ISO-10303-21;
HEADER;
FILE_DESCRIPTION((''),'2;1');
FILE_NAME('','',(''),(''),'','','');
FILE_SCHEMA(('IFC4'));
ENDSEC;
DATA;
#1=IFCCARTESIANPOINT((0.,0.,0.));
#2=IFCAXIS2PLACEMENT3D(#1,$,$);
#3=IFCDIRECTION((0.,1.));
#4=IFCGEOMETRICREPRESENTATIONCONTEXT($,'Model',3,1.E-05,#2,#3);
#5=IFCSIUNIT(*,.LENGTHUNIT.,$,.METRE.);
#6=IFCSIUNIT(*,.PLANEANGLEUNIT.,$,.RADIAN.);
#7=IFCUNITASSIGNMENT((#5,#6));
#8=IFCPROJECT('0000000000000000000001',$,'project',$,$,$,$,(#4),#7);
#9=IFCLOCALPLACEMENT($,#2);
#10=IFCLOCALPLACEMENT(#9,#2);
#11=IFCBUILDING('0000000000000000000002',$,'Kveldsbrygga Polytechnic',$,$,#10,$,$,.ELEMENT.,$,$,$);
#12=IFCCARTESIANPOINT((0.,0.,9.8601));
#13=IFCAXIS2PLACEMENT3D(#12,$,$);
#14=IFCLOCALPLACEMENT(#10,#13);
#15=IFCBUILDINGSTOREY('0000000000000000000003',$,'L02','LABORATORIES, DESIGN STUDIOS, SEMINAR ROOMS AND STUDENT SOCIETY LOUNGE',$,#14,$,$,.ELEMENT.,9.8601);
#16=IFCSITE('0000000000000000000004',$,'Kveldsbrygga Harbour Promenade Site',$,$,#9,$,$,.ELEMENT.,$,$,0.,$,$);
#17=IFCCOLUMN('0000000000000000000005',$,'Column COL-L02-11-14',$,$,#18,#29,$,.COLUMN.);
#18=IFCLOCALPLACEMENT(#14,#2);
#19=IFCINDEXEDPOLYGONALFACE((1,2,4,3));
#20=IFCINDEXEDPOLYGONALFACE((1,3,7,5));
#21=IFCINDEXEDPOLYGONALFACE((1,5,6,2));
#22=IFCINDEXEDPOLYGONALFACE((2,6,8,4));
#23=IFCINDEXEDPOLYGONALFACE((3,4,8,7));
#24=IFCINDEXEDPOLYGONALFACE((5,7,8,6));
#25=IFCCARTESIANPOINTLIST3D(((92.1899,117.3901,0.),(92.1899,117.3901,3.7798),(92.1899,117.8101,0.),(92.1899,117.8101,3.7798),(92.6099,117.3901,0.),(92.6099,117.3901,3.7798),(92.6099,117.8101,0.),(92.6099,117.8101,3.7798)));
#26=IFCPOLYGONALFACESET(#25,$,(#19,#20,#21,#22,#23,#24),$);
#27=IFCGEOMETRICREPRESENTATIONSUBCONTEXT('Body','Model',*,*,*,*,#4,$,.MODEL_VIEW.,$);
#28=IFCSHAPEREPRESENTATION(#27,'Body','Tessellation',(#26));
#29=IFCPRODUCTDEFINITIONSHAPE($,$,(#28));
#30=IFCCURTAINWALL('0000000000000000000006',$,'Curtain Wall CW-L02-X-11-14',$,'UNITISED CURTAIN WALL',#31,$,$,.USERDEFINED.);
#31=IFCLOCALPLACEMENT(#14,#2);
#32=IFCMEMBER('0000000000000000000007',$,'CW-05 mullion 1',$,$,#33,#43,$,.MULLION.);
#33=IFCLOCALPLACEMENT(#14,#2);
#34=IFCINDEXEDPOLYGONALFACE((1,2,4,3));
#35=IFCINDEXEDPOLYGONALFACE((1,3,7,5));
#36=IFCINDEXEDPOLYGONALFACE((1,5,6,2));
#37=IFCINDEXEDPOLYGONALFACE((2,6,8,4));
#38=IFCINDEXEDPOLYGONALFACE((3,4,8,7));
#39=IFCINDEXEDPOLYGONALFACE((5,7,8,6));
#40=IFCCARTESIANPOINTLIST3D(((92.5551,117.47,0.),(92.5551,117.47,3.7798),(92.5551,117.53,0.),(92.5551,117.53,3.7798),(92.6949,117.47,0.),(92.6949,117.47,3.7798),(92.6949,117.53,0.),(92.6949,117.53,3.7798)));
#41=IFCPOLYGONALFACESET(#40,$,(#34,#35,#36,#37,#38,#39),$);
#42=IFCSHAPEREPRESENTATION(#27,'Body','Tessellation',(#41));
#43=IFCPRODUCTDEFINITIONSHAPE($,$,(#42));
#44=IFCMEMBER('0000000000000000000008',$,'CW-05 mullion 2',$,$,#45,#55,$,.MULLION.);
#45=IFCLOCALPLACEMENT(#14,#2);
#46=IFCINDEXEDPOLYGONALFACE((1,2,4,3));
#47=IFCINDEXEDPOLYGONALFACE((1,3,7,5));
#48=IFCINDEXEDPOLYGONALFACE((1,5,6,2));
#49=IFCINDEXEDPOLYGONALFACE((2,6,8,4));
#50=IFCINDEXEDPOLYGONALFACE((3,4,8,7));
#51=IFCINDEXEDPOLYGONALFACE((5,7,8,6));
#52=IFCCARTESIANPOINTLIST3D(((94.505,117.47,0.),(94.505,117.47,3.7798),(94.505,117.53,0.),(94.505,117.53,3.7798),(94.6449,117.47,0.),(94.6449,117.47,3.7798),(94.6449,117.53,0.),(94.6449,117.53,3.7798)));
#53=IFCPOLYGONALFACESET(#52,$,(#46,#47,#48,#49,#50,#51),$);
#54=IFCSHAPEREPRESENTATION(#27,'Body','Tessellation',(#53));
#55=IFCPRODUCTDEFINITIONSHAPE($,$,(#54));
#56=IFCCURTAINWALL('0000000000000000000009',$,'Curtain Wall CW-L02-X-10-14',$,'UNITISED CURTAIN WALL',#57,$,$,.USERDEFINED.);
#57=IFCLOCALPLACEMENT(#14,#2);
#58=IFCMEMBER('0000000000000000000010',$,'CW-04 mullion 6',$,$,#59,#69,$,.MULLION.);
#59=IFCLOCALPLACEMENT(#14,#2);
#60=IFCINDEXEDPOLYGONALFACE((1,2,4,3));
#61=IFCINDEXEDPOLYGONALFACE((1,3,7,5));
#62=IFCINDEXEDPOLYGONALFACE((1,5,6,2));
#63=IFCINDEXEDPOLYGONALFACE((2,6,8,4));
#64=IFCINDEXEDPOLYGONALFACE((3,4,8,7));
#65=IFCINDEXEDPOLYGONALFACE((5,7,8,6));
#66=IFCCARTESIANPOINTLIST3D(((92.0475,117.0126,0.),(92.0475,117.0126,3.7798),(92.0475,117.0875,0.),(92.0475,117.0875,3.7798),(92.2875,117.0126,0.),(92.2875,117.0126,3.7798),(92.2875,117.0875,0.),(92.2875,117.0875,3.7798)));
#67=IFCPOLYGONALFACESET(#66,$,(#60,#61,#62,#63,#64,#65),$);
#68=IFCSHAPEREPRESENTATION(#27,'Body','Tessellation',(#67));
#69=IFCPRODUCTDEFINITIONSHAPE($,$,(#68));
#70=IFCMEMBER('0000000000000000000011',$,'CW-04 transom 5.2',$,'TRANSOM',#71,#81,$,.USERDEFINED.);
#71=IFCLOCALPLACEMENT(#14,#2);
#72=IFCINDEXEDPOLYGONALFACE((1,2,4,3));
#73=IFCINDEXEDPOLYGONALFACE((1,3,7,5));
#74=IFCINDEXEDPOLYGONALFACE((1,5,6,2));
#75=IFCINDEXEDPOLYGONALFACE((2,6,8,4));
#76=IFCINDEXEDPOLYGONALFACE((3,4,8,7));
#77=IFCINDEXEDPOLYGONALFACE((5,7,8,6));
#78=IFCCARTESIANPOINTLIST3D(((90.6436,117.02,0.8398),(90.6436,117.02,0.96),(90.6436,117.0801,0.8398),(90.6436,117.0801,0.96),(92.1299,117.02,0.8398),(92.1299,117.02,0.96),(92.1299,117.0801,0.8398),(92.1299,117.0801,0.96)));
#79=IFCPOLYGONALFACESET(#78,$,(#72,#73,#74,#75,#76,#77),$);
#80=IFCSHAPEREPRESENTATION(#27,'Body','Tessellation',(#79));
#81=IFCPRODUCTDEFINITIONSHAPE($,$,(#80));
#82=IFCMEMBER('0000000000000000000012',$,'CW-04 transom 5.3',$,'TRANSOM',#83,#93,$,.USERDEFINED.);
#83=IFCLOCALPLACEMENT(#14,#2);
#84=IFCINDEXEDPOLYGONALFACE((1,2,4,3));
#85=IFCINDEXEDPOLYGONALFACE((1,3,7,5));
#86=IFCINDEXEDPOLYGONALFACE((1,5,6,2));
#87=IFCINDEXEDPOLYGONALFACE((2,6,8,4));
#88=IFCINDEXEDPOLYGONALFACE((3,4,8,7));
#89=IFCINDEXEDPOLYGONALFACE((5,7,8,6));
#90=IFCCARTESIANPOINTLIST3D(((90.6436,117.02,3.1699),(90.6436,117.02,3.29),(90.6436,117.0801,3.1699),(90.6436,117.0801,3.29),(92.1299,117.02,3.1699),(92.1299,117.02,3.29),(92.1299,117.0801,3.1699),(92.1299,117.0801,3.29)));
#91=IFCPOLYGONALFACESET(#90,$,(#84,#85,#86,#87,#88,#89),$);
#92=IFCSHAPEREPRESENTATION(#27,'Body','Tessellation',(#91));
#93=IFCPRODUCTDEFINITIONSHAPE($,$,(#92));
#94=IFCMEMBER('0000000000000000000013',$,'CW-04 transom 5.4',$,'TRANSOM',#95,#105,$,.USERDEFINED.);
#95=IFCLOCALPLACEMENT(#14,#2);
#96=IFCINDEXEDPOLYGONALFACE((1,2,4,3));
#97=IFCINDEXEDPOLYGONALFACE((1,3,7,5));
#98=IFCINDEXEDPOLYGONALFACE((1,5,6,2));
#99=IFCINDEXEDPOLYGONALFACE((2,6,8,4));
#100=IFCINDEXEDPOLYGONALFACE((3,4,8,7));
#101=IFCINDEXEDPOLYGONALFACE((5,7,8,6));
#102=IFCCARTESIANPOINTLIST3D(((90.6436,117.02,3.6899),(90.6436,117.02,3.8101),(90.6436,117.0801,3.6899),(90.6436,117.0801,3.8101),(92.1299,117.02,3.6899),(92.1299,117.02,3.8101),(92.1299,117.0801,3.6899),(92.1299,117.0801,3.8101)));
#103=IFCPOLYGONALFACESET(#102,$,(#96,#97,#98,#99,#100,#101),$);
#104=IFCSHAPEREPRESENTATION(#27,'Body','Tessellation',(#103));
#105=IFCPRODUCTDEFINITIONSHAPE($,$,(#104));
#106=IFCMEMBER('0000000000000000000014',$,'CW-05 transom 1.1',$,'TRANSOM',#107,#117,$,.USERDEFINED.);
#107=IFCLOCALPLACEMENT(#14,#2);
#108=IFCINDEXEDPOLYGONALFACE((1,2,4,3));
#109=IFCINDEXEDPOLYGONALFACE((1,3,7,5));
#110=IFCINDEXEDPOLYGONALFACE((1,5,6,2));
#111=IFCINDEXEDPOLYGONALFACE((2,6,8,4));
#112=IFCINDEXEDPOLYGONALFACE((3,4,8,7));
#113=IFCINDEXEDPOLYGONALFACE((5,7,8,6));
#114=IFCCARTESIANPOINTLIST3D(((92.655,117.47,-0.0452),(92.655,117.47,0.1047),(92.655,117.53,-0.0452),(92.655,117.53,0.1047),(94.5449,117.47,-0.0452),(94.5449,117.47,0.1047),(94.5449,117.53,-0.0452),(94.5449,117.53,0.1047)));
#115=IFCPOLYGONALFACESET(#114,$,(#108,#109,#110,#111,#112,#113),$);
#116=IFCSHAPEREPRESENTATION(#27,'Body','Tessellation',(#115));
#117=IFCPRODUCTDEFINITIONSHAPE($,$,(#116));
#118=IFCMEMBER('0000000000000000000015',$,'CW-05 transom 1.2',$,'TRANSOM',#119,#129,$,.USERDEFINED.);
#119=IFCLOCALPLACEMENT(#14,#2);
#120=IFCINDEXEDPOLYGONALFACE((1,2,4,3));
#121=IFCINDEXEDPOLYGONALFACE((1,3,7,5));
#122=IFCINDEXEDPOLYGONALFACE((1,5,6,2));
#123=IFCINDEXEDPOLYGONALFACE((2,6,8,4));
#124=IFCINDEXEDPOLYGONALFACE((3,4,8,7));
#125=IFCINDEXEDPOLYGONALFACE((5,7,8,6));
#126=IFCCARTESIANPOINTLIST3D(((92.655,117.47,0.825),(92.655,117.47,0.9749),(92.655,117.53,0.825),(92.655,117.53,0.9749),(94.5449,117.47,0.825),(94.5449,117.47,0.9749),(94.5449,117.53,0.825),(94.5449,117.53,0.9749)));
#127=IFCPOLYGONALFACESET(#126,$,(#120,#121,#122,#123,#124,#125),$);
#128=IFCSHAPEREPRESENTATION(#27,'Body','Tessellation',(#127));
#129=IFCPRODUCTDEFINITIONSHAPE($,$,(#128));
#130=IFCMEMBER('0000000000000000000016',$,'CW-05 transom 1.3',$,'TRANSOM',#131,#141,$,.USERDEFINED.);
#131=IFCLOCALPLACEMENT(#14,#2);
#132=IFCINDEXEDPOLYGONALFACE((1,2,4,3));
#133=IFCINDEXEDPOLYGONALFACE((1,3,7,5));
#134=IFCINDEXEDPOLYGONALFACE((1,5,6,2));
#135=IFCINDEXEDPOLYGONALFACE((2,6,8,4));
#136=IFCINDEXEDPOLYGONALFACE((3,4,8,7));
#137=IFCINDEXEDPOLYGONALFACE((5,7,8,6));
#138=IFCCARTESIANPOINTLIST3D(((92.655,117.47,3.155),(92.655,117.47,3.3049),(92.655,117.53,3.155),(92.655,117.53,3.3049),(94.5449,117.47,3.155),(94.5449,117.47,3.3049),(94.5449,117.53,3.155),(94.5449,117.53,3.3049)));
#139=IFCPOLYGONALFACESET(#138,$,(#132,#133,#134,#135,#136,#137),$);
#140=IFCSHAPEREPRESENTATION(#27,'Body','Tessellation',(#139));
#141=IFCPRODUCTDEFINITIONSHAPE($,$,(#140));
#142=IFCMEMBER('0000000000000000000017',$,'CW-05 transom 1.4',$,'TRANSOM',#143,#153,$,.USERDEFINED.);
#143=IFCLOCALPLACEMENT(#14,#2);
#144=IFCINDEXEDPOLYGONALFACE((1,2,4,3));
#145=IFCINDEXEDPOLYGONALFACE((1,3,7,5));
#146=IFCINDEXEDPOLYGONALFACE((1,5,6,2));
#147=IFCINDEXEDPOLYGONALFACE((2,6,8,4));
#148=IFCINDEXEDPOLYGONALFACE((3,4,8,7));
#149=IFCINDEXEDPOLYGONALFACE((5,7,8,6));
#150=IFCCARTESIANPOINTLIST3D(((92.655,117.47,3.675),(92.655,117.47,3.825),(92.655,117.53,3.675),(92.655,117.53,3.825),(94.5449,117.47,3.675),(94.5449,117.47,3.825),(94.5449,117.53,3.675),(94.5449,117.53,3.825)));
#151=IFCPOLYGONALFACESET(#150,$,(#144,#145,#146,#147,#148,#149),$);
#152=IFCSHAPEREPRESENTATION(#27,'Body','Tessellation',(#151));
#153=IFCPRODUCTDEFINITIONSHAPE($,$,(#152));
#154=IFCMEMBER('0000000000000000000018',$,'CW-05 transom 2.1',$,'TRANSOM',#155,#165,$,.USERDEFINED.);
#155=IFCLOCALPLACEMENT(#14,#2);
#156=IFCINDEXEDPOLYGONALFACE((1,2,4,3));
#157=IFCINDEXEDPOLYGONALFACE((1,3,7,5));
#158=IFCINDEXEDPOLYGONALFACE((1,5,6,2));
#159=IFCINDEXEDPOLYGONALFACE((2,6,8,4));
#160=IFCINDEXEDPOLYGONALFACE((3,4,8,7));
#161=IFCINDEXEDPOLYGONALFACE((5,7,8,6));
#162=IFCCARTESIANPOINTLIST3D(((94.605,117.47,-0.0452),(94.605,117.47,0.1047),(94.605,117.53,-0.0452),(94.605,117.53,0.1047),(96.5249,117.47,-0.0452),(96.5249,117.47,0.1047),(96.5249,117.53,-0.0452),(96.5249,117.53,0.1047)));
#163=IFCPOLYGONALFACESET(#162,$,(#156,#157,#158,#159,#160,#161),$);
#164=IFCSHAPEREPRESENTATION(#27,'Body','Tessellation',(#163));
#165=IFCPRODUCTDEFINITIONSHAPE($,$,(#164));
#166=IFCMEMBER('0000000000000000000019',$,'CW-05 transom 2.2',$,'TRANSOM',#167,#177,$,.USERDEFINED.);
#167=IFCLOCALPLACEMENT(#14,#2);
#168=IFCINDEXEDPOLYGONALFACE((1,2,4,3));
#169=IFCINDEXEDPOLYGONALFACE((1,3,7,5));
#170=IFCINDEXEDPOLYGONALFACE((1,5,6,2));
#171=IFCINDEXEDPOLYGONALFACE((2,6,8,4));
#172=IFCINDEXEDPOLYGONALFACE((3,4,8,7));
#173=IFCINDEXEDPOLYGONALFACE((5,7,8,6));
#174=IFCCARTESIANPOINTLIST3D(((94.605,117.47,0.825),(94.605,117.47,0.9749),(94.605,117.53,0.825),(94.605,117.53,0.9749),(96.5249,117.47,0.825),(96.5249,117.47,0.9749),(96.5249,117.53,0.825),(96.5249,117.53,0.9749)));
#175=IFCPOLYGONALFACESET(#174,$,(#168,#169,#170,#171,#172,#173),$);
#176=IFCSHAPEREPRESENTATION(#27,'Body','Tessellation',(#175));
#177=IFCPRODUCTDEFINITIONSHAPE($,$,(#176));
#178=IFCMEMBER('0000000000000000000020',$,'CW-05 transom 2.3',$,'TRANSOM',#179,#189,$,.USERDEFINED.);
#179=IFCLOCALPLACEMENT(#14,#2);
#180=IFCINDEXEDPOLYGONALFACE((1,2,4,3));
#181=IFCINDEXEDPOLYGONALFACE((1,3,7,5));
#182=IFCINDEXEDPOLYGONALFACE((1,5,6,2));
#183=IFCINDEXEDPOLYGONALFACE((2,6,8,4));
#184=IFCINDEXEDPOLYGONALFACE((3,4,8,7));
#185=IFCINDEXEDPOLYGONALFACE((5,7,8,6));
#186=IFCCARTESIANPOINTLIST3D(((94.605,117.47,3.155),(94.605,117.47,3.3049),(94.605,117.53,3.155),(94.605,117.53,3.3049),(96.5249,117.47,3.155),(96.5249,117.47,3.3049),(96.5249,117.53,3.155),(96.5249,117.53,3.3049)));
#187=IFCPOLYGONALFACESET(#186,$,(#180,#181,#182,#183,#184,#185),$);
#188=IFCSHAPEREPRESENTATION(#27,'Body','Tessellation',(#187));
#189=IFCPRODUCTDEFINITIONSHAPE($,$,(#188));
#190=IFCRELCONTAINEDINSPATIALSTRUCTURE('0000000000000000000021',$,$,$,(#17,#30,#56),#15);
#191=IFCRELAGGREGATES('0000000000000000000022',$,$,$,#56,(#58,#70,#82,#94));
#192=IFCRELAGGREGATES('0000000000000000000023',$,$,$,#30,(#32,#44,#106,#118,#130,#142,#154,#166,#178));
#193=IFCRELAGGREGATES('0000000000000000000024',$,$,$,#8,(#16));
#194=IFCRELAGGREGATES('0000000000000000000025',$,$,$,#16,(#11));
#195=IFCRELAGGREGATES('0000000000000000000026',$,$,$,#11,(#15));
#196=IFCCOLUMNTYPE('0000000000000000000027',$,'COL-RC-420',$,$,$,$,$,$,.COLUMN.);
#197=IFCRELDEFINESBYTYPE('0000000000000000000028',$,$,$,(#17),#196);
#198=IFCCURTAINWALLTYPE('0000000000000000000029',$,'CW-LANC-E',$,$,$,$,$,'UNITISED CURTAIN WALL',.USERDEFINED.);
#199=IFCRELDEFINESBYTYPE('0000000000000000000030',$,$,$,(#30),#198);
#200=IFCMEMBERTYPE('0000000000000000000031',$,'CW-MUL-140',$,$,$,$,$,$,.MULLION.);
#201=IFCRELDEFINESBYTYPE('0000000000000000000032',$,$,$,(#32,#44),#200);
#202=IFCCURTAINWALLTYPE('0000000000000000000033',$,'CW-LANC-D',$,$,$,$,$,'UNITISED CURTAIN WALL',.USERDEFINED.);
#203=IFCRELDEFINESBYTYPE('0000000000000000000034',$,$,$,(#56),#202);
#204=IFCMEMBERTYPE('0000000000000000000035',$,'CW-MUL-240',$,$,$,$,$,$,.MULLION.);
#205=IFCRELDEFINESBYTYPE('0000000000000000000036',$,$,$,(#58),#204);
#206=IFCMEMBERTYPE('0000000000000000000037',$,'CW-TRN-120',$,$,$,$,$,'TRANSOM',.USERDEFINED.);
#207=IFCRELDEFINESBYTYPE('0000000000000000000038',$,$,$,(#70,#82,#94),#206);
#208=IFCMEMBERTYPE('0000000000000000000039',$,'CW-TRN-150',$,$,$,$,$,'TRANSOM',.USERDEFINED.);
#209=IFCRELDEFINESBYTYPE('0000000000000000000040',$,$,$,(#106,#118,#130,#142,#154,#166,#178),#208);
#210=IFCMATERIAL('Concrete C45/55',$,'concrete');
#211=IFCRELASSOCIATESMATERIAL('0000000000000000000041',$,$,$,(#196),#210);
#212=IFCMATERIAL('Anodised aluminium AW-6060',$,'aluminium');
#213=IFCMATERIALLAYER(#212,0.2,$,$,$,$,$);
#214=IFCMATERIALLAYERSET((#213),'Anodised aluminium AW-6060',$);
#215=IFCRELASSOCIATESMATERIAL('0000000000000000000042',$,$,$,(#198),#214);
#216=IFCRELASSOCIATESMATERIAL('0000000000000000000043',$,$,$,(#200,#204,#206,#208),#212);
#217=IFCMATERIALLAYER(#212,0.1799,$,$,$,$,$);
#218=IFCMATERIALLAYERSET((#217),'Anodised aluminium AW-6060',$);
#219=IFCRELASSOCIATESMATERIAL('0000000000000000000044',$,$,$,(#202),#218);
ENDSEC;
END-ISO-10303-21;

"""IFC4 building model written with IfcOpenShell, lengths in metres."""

from ifc_helpers import new_model, si_unit, direction, frame, origin, origin_2d, place, context, subcontext, project, spatial, rectangle, extrude, material, layer, layer_set, material_profile, profile_set, type_object, element, aggregate, save


model = new_model("IFC4")

# Units and contexts
model_context = context("Model", 3, precision=1e-05, world=origin(), true_north=direction((0.0, 1.0)))
body_context = subcontext(model_context, "Body", "Model", "MODEL_VIEW")
ifc_project = project(units=[si_unit("LENGTHUNIT", "METRE"), si_unit("PLANEANGLEUNIT", "RADIAN")], contexts=[model_context])

# Site, building, storey
site_placement = place(None, origin())
site = spatial("IfcSite", under=ifc_project, at=site_placement, Name="Kveldsbrygga Harbour Promenade Site", CompositionType="ELEMENT", RefElevation=0.0)
building_placement = place(site_placement, origin())
building = spatial("IfcBuilding", under=site, at=building_placement, Name="Kveldsbrygga Polytechnic", CompositionType="ELEMENT")
storey_placement = place(building_placement, frame((0.0, 0.0, 9.8601)))
storey = spatial("IfcBuildingStorey", under=building, at=storey_placement, Name="L02", Description="LABORATORIES, DESIGN STUDIOS, SEMINAR ROOMS AND STUDENT SOCIETY LOUNGE", CompositionType="ELEMENT", Elevation=9.8601)

# Column
ifc_material_1 = material(Name="Concrete C45/55", Category="concrete")
ifc_material_profile_1 = material_profile(ifc_material_1, rectangle(XDim=0.4199, YDim=0.4199, at=origin_2d()), Name="RC 420x420")
ifc_profile_set_1 = profile_set([ifc_material_profile_1], Name="Concrete C45/55")
column_type = type_object("IfcColumnType", Name="COL-RC-420", PredefinedType="COLUMN", material=ifc_profile_set_1)
column_placement = place(storey_placement, frame((92.3999, 117.6001, 0.0), z_axis=(0.0, 0.0, 1.0), x_axis=(1.0, 0.0, 0.0)))
element("IfcColumn", 1, at=column_placement, inside=storey, type_object=column_type, Name="Column COL-L02-11-14", PredefinedType="COLUMN", context=body_context, shape_type="SweptSolid", body=[
    extrude(rectangle(XDim=0.4199, YDim=0.4199, at=origin_2d()), origin(), (0.0, 0.0, 1.0), 3.7798),
])

# Curtain walls, members
ifc_material_2 = material(Name="Anodised aluminium AW-6060", Category="aluminium")
ifc_layer_1 = layer(ifc_material_2, 0.2)
ifc_layer_set_1 = layer_set([ifc_layer_1], Name="Anodised aluminium AW-6060")
curtain_wall_type_1 = type_object("IfcCurtainWallType", Name="CW-LANC-E", ElementType="UNITISED CURTAIN WALL", PredefinedType="USERDEFINED", material=ifc_layer_set_1)
curtain_wall_1_placement = place(storey_placement, origin())
curtain_wall_1 = element("IfcCurtainWall", 2, at=curtain_wall_1_placement, inside=storey, type_object=curtain_wall_type_1, Name="Curtain Wall CW-L02-X-11-14", ObjectType="UNITISED CURTAIN WALL", PredefinedType="USERDEFINED")
ifc_material_profile_2 = material_profile(ifc_material_2, rectangle(XDim=0.0601, YDim=0.1399, at=origin_2d()), Name="ALU 60x140")
ifc_profile_set_2 = profile_set([ifc_material_profile_2], Name="Anodised aluminium AW-6060")
member_type_1 = type_object("IfcMemberType", Name="CW-MUL-140", PredefinedType="MULLION", material=ifc_profile_set_2)
member_1_placement = place(storey_placement, frame((92.625, 117.5, 0.0), z_axis=(0.0, 0.0, 1.0), x_axis=(0.0, 1.0, 0.0)))
member_1 = element("IfcMember", 3, at=member_1_placement, type_object=member_type_1, Name="CW-05 mullion 1", PredefinedType="MULLION", context=body_context, shape_type="SweptSolid", body=[
    extrude(rectangle(XDim=0.0601, YDim=0.1399, at=origin_2d()), origin(), (0.0, 0.0, 1.0), 3.7798),
])
member_2_placement = place(storey_placement, frame((94.575, 117.5, 0.0), z_axis=(0.0, 0.0, 1.0), x_axis=(0.0, 1.0, 0.0)))
member_2 = element("IfcMember", 4, at=member_2_placement, type_object=member_type_1, Name="CW-05 mullion 2", PredefinedType="MULLION", context=body_context, shape_type="SweptSolid", body=[
    extrude(rectangle(XDim=0.0601, YDim=0.1399, at=origin_2d()), origin(), (0.0, 0.0, 1.0), 3.7798),
])
ifc_layer_2 = layer(ifc_material_2, 0.1799)
ifc_layer_set_2 = layer_set([ifc_layer_2], Name="Anodised aluminium AW-6060")
curtain_wall_type_2 = type_object("IfcCurtainWallType", Name="CW-LANC-D", ElementType="UNITISED CURTAIN WALL", PredefinedType="USERDEFINED", material=ifc_layer_set_2)
curtain_wall_2_placement = place(storey_placement, origin())
curtain_wall_2 = element("IfcCurtainWall", 5, at=curtain_wall_2_placement, inside=storey, type_object=curtain_wall_type_2, Name="Curtain Wall CW-L02-X-10-14", ObjectType="UNITISED CURTAIN WALL", PredefinedType="USERDEFINED")
ifc_material_profile_3 = material_profile(ifc_material_2, rectangle(XDim=0.075, YDim=0.24, at=origin_2d()), Name="ALU 75x240")
ifc_profile_set_3 = profile_set([ifc_material_profile_3], Name="Anodised aluminium AW-6060")
member_type_2 = type_object("IfcMemberType", Name="CW-MUL-240", PredefinedType="MULLION", material=ifc_profile_set_3)
member_3_placement = place(storey_placement, frame((92.1675, 117.05, 0.0), z_axis=(0.0, 0.0, 1.0), x_axis=(0.0, 1.0, 0.0)))
member_3 = element("IfcMember", 6, at=member_3_placement, type_object=member_type_2, Name="CW-04 mullion 6", PredefinedType="MULLION", context=body_context, shape_type="SweptSolid", body=[
    extrude(rectangle(XDim=0.075, YDim=0.24, at=origin_2d()), origin(), (0.0, 0.0, 1.0), 3.7798),
])
ifc_material_profile_4 = material_profile(ifc_material_2, rectangle(XDim=0.0601, YDim=0.1201, at=origin_2d()), Name="ALU 60x120")
ifc_profile_set_4 = profile_set([ifc_material_profile_4], Name="Anodised aluminium AW-6060")
member_type_3 = type_object("IfcMemberType", Name="CW-TRN-120", ElementType="TRANSOM", PredefinedType="USERDEFINED", material=ifc_profile_set_4)
member_4_placement = place(storey_placement, frame((90.6436, 117.05, 0.8999), z_axis=(1.0, 0.0, 0.0), x_axis=(0.0, 1.0, 0.0)))
member_4 = element("IfcMember", 7, at=member_4_placement, type_object=member_type_3, Name="CW-04 transom 5.2", ObjectType="TRANSOM", PredefinedType="USERDEFINED", context=body_context, shape_type="SweptSolid", body=[
    extrude(rectangle(XDim=0.0601, YDim=0.1201, at=origin_2d()), origin(), (0.0, 0.0, 1.0), 1.4863),
])
member_5_placement = place(storey_placement, frame((90.6436, 117.05, 3.23), z_axis=(1.0, 0.0, 0.0), x_axis=(0.0, 1.0, 0.0)))
member_5 = element("IfcMember", 8, at=member_5_placement, type_object=member_type_3, Name="CW-04 transom 5.3", ObjectType="TRANSOM", PredefinedType="USERDEFINED", context=body_context, shape_type="SweptSolid", body=[
    extrude(rectangle(XDim=0.0601, YDim=0.1201, at=origin_2d()), origin(), (0.0, 0.0, 1.0), 1.4863),
])
member_6_placement = place(storey_placement, frame((90.6436, 117.05, 3.75), z_axis=(1.0, 0.0, 0.0), x_axis=(0.0, 1.0, 0.0)))
member_6 = element("IfcMember", 9, at=member_6_placement, type_object=member_type_3, Name="CW-04 transom 5.4", ObjectType="TRANSOM", PredefinedType="USERDEFINED", context=body_context, shape_type="SweptSolid", body=[
    extrude(rectangle(XDim=0.0601, YDim=0.1201, at=origin_2d()), origin(), (0.0, 0.0, 1.0), 1.4863),
])

# Members
ifc_material_profile_5 = material_profile(ifc_material_2, rectangle(XDim=0.0601, YDim=0.1499, at=origin_2d()), Name="ALU 60x150")
ifc_profile_set_5 = profile_set([ifc_material_profile_5], Name="Anodised aluminium AW-6060")
member_type_4 = type_object("IfcMemberType", Name="CW-TRN-150", ElementType="TRANSOM", PredefinedType="USERDEFINED", material=ifc_profile_set_5)
member_7_placement = place(storey_placement, frame((92.655, 117.5, 0.0298), z_axis=(1.0, 0.0, 0.0), x_axis=(0.0, 1.0, 0.0)))
member_7 = element("IfcMember", 10, at=member_7_placement, type_object=member_type_4, Name="CW-05 transom 1.1", ObjectType="TRANSOM", PredefinedType="USERDEFINED", context=body_context, shape_type="SweptSolid", body=[
    extrude(rectangle(XDim=0.0601, YDim=0.1499, at=origin_2d()), origin(), (0.0, 0.0, 1.0), 1.8899),
])
member_8_placement = place(storey_placement, frame((92.655, 117.5, 0.8999), z_axis=(1.0, 0.0, 0.0), x_axis=(0.0, 1.0, 0.0)))
member_8 = element("IfcMember", 11, at=member_8_placement, type_object=member_type_4, Name="CW-05 transom 1.2", ObjectType="TRANSOM", PredefinedType="USERDEFINED", context=body_context, shape_type="SweptSolid", body=[
    extrude(rectangle(XDim=0.0601, YDim=0.1499, at=origin_2d()), origin(), (0.0, 0.0, 1.0), 1.8899),
])
member_9_placement = place(storey_placement, frame((92.655, 117.5, 3.23), z_axis=(1.0, 0.0, 0.0), x_axis=(0.0, 1.0, 0.0)))
member_9 = element("IfcMember", 12, at=member_9_placement, type_object=member_type_4, Name="CW-05 transom 1.3", ObjectType="TRANSOM", PredefinedType="USERDEFINED", context=body_context, shape_type="SweptSolid", body=[
    extrude(rectangle(XDim=0.0601, YDim=0.1499, at=origin_2d()), origin(), (0.0, 0.0, 1.0), 1.8899),
])
member_10_placement = place(storey_placement, frame((92.655, 117.5, 3.75), z_axis=(1.0, 0.0, 0.0), x_axis=(0.0, 1.0, 0.0)))
member_10 = element("IfcMember", 13, at=member_10_placement, type_object=member_type_4, Name="CW-05 transom 1.4", ObjectType="TRANSOM", PredefinedType="USERDEFINED", context=body_context, shape_type="SweptSolid", body=[
    extrude(rectangle(XDim=0.0601, YDim=0.1499, at=origin_2d()), origin(), (0.0, 0.0, 1.0), 1.8899),
])
member_11_placement = place(storey_placement, frame((94.605, 117.5, 0.0298), z_axis=(1.0, 0.0, 0.0), x_axis=(0.0, 1.0, 0.0)))
member_11 = element("IfcMember", 14, at=member_11_placement, type_object=member_type_4, Name="CW-05 transom 2.1", ObjectType="TRANSOM", PredefinedType="USERDEFINED", context=body_context, shape_type="SweptSolid", body=[
    extrude(rectangle(XDim=0.0601, YDim=0.1499, at=origin_2d()), origin(), (0.0, 0.0, 1.0), 1.9199),
])
member_12_placement = place(storey_placement, frame((94.605, 117.5, 0.8999), z_axis=(1.0, 0.0, 0.0), x_axis=(0.0, 1.0, 0.0)))
member_12 = element("IfcMember", 15, at=member_12_placement, type_object=member_type_4, Name="CW-05 transom 2.2", ObjectType="TRANSOM", PredefinedType="USERDEFINED", context=body_context, shape_type="SweptSolid", body=[
    extrude(rectangle(XDim=0.0601, YDim=0.1499, at=origin_2d()), origin(), (0.0, 0.0, 1.0), 1.9199),
])
member_13_placement = place(storey_placement, frame((94.605, 117.5, 3.23), z_axis=(1.0, 0.0, 0.0), x_axis=(0.0, 1.0, 0.0)))
member_13 = element("IfcMember", 16, at=member_13_placement, type_object=member_type_4, Name="CW-05 transom 2.3", ObjectType="TRANSOM", PredefinedType="USERDEFINED", context=body_context, shape_type="SweptSolid", body=[
    extrude(rectangle(XDim=0.0601, YDim=0.1499, at=origin_2d()), origin(), (0.0, 0.0, 1.0), 1.9199),
])

aggregate(curtain_wall_2, [member_3, member_4, member_5, member_6])
aggregate(curtain_wall_1, [member_1, member_2, member_7, member_8, member_9, member_10, member_11, member_12, member_13])

save(model, "model.ifc")
